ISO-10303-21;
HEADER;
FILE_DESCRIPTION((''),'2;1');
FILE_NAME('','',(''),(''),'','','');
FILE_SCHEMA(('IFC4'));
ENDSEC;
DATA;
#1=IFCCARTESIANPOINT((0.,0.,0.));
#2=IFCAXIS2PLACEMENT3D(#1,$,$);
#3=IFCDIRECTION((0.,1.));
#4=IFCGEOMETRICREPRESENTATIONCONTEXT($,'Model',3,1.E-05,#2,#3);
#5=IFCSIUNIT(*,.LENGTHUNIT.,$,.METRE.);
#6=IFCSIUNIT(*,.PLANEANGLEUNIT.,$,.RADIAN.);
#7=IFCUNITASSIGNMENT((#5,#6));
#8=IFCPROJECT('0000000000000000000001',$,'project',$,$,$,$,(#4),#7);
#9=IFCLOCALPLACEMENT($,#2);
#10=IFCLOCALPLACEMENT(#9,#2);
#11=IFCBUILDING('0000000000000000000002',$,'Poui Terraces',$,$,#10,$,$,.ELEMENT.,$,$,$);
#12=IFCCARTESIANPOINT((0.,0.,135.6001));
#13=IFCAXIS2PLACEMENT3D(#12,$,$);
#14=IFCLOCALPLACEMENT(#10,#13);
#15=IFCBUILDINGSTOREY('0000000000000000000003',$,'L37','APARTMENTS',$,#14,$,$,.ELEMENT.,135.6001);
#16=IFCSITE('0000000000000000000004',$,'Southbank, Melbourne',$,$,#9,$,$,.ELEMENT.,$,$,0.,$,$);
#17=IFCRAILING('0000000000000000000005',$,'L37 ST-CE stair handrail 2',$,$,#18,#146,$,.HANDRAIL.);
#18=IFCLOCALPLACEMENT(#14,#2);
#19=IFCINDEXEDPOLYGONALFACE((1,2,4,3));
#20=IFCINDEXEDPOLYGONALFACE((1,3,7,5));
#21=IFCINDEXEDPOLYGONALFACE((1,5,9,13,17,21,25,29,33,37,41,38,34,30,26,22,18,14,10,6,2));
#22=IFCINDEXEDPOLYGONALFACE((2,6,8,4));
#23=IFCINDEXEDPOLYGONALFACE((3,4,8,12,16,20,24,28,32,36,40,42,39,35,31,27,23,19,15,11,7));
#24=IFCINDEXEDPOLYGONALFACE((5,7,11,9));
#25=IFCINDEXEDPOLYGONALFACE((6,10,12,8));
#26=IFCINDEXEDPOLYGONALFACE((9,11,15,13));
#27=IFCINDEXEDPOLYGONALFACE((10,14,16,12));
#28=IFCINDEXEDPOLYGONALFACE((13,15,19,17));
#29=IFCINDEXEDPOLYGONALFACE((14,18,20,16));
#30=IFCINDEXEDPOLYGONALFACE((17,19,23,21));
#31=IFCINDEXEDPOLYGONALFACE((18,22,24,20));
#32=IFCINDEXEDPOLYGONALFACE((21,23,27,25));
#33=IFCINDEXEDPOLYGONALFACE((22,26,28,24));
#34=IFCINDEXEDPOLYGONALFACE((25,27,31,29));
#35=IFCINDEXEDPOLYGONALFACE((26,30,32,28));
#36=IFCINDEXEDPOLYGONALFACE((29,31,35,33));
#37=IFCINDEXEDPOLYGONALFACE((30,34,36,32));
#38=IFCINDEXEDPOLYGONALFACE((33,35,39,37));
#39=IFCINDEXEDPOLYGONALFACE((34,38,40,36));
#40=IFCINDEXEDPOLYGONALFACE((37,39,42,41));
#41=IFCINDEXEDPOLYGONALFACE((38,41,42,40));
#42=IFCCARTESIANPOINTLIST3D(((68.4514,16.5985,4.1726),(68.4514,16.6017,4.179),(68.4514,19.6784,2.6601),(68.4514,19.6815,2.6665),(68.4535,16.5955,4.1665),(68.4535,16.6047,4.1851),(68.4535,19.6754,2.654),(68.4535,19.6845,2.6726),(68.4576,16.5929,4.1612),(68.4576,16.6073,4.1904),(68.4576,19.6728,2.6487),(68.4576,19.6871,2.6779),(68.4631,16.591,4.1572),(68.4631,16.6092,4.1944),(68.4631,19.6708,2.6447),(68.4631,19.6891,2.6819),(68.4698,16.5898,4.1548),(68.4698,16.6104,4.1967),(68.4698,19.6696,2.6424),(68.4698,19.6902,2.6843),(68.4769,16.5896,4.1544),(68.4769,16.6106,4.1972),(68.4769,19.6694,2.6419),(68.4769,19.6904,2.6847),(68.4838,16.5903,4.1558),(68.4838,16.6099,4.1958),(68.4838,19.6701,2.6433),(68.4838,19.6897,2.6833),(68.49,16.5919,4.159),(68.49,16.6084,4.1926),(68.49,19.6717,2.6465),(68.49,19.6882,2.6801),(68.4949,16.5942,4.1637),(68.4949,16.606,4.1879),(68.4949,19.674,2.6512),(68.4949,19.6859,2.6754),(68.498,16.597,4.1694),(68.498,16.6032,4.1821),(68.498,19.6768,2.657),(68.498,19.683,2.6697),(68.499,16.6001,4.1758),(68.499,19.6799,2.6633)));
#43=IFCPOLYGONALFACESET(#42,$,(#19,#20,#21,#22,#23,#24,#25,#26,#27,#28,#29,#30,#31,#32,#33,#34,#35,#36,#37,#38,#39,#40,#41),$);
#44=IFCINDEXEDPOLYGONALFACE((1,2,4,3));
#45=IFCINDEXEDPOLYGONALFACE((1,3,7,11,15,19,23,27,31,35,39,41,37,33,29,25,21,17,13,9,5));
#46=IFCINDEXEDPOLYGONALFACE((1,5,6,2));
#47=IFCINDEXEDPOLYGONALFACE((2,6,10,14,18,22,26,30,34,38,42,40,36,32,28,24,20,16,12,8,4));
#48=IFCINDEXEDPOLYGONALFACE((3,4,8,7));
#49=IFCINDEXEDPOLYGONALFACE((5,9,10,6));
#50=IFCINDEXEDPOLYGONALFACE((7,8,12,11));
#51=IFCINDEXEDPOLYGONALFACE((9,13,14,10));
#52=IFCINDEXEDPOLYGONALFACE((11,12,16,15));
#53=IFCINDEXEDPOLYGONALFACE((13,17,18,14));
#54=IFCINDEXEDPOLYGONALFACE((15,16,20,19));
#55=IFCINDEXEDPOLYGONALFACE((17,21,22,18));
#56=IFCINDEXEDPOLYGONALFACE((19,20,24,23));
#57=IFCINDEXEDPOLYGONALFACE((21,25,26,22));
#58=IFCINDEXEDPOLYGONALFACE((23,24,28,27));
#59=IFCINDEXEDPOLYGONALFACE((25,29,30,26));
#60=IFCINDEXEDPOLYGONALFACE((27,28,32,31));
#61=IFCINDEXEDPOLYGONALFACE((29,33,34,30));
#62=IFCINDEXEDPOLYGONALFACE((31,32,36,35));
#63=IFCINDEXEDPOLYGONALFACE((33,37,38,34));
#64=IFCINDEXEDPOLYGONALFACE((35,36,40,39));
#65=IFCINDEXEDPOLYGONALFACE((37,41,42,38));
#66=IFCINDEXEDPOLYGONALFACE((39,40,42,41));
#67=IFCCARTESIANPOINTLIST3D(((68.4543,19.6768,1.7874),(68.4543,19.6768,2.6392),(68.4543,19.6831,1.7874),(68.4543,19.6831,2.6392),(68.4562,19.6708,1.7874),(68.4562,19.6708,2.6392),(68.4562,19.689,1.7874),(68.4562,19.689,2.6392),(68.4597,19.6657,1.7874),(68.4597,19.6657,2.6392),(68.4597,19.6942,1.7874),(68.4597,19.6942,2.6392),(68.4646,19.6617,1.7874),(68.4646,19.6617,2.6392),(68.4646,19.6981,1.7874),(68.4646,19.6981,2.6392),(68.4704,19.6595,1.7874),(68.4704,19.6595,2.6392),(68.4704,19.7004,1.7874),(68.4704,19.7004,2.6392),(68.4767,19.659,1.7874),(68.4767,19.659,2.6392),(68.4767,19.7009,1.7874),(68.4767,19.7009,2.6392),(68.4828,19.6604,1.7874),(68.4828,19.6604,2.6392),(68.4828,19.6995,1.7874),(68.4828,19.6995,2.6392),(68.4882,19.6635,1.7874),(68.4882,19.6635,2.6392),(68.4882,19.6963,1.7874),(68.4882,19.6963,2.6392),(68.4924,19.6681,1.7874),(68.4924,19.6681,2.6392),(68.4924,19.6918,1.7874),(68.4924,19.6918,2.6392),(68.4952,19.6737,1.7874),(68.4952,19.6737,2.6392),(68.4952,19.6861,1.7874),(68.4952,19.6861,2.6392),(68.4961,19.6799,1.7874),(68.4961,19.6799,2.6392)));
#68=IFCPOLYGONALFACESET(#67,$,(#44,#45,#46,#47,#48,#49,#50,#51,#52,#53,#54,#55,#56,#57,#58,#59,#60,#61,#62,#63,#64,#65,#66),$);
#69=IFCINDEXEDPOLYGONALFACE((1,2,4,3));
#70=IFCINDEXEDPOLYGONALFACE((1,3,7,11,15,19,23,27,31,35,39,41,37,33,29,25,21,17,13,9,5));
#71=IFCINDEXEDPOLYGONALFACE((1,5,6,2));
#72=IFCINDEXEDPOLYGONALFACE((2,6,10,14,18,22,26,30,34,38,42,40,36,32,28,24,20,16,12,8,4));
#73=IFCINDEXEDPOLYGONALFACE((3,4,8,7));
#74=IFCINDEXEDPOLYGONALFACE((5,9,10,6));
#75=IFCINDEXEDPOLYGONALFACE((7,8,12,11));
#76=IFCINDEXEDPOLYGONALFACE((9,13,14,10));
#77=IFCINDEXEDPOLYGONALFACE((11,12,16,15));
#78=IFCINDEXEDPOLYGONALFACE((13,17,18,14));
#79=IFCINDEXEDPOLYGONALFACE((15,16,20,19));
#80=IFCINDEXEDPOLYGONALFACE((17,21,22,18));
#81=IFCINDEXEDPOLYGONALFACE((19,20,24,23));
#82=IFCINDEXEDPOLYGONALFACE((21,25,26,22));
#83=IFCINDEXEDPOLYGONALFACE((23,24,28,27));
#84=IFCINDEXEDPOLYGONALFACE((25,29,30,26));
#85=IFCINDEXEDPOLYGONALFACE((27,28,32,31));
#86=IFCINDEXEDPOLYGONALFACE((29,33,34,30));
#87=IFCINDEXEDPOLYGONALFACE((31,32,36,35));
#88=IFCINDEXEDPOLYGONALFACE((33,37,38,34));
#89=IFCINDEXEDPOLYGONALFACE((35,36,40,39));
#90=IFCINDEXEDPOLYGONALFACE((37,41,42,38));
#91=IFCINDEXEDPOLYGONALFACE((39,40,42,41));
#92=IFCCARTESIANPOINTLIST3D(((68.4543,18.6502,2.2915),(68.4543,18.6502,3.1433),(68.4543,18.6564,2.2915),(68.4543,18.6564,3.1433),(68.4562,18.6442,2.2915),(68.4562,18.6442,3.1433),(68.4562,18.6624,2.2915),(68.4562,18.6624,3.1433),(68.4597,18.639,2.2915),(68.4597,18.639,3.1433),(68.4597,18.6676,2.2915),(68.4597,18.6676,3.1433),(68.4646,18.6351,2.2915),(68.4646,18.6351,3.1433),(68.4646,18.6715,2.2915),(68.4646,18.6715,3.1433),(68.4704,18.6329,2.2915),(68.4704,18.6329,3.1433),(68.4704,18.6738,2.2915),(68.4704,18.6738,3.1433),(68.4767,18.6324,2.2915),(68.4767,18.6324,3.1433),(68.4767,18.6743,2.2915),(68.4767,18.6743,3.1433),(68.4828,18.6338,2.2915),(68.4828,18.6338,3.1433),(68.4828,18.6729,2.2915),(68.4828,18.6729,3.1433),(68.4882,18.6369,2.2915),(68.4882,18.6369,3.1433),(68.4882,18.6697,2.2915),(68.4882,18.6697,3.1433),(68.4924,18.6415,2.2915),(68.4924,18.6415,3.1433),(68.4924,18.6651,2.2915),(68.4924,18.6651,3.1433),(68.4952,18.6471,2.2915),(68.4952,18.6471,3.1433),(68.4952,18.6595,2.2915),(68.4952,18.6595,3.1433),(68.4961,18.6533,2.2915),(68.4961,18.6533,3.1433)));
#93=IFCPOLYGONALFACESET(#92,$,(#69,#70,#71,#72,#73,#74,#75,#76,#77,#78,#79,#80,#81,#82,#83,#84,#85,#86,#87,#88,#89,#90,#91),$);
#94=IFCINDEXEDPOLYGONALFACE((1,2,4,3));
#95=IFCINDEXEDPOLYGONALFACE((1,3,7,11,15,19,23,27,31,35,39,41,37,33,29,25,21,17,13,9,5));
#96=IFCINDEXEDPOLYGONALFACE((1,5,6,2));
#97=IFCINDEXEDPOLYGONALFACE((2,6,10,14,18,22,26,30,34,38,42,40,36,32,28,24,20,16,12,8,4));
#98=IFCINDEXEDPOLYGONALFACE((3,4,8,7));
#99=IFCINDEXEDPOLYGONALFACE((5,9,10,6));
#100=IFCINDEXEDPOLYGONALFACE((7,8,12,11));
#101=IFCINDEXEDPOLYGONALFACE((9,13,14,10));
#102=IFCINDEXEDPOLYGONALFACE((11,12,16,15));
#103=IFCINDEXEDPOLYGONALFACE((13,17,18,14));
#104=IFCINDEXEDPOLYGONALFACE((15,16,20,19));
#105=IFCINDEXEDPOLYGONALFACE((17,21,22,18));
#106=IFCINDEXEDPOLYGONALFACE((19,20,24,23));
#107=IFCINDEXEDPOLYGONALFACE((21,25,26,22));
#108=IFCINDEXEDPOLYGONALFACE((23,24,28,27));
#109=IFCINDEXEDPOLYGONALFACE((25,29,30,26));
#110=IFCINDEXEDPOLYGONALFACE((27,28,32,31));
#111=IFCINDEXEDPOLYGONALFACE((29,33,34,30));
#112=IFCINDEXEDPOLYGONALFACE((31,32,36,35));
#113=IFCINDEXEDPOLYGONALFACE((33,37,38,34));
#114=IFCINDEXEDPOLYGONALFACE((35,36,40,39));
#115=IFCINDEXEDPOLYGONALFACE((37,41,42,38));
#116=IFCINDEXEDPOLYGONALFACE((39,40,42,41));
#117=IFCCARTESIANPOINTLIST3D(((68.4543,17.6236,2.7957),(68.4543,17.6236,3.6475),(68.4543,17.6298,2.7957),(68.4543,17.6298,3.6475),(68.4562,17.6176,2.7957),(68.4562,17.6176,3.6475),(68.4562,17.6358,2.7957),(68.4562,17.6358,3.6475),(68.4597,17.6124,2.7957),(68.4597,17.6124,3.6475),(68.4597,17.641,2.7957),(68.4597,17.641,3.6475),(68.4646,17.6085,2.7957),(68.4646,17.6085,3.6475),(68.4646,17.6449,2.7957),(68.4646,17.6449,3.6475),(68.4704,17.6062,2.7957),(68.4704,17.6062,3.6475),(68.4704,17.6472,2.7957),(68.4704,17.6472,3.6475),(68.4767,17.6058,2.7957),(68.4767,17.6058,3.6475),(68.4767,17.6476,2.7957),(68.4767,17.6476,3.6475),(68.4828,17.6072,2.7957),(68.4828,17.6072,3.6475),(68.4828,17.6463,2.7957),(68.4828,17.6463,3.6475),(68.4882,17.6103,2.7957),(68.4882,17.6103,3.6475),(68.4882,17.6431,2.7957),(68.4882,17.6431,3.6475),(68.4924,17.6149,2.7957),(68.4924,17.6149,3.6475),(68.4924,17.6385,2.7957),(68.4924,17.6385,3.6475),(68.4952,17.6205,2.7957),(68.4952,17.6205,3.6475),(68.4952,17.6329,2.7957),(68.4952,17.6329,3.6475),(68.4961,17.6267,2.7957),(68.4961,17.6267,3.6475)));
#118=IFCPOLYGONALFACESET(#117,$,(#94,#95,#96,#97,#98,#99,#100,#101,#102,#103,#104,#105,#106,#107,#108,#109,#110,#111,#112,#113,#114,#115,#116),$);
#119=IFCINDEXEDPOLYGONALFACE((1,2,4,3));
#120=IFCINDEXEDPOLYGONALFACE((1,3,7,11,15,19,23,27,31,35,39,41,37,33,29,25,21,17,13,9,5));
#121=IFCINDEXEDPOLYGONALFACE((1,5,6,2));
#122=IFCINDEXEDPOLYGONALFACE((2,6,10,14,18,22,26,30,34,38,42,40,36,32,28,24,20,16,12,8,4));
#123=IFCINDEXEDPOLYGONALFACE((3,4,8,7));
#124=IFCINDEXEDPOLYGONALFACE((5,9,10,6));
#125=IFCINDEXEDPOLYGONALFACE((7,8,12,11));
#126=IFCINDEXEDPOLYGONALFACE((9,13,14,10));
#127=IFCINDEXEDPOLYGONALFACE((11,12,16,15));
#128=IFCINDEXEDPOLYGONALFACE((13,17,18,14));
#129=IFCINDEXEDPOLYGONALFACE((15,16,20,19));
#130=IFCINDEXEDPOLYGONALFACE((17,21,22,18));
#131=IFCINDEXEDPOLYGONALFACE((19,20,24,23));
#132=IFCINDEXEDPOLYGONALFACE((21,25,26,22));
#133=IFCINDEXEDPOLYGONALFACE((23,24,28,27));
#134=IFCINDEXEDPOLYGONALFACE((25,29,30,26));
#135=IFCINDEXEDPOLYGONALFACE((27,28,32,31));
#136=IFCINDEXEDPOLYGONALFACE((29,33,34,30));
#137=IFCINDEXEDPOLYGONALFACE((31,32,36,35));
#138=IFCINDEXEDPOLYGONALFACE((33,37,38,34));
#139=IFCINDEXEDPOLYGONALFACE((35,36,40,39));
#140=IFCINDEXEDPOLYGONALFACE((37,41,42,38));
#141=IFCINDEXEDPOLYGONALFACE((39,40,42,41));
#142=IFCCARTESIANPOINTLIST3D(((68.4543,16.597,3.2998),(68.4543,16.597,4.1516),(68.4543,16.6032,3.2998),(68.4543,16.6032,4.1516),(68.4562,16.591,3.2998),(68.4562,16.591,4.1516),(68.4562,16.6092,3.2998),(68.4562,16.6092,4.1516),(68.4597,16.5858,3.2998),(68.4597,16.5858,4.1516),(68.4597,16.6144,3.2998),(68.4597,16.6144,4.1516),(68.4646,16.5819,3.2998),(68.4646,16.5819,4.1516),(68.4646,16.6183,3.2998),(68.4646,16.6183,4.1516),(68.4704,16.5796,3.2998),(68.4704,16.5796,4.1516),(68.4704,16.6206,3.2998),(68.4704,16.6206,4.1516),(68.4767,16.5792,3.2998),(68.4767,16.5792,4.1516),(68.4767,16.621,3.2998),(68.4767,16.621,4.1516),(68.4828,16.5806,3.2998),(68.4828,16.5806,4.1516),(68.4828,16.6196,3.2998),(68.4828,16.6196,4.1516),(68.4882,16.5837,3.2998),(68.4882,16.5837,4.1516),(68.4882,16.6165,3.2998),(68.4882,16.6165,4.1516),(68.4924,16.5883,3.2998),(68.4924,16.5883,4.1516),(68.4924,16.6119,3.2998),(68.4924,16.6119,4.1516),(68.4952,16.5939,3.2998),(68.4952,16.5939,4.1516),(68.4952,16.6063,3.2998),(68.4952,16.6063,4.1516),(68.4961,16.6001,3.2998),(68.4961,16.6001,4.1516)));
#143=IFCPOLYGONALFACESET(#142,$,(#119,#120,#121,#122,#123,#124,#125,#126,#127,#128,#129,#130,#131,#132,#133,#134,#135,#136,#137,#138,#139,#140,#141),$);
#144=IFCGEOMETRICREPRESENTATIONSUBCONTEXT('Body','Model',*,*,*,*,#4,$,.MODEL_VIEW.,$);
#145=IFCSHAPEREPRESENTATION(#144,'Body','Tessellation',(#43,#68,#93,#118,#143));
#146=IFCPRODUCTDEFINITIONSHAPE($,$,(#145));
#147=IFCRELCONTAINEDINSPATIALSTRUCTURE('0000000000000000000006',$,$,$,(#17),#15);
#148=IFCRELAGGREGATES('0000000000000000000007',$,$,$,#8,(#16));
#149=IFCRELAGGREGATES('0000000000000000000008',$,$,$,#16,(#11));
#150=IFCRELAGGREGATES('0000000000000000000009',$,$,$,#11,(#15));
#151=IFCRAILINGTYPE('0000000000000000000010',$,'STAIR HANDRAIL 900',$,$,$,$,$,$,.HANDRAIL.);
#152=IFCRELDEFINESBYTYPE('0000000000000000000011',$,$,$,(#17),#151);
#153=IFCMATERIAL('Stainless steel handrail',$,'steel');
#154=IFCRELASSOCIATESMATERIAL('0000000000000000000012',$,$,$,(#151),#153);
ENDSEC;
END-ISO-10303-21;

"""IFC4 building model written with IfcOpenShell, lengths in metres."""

from ifc_helpers import new_model, si_unit, direction, frame, origin, origin_2d, place, context, subcontext, project, spatial, circle, extrude, material, type_object, element, save


model = new_model("IFC4")

# Units and contexts
model_context = context("Model", 3, precision=1e-05, world=origin(), true_north=direction((0.0, 1.0)))
body_context = subcontext(model_context, "Body", "Model", "MODEL_VIEW")
ifc_project = project(units=[si_unit("LENGTHUNIT", "METRE"), si_unit("PLANEANGLEUNIT", "RADIAN")], contexts=[model_context])

# Site, building, storey
site_placement = place(None, origin())
site = spatial("IfcSite", under=ifc_project, at=site_placement, Name="Southbank, Melbourne", CompositionType="ELEMENT", RefElevation=0.0)
building_placement = place(site_placement, origin())
building = spatial("IfcBuilding", under=site, at=building_placement, Name="Poui Terraces", CompositionType="ELEMENT")
storey_placement = place(building_placement, frame((0.0, 0.0, 135.6001)))
storey = spatial("IfcBuildingStorey", under=building, at=storey_placement, Name="L37", Description="APARTMENTS", CompositionType="ELEMENT", Elevation=135.6001)

# Railing
ifc_material_1 = material(Name="Stainless steel handrail", Category="steel")
railing_type_1 = type_object("IfcRailingType", Name="STAIR HANDRAIL 900", PredefinedType="HANDRAIL", material=ifc_material_1)
railing_1_placement = place(storey_placement, frame((68.4751, 19.6799, 1.7874)))
element("IfcRailing", 1, at=railing_1_placement, inside=storey, type_object=railing_type_1, Name="L37 ST-CE stair handrail 2", PredefinedType="HANDRAIL", context=body_context, shape_type="SweptSolid", body=[
    extrude(circle(Radius=0.0239, at=origin_2d()), frame((0.0, 0.0, 0.876), z_axis=(0.0, -0.897606, 0.440798), x_axis=(1.0, 0.0, 0.0)), (0.0, 0.0, 1.0), 3.4312),
    extrude(circle(Radius=0.021, at=origin_2d()), origin(), (0.0, 0.0, 1.0), 0.8518),
    extrude(circle(Radius=0.021, at=origin_2d()), frame((0.0, -1.0266, 0.5042)), (0.0, 0.0, 1.0), 0.8518),
    extrude(circle(Radius=0.021, at=origin_2d()), frame((0.0, -2.0532, 1.0083)), (0.0, 0.0, 1.0), 0.8518),
    extrude(circle(Radius=0.021, at=origin_2d()), frame((0.0, -3.0798, 1.5125)), (0.0, 0.0, 1.0), 0.8518),
])

save(model, "model.ifc")
